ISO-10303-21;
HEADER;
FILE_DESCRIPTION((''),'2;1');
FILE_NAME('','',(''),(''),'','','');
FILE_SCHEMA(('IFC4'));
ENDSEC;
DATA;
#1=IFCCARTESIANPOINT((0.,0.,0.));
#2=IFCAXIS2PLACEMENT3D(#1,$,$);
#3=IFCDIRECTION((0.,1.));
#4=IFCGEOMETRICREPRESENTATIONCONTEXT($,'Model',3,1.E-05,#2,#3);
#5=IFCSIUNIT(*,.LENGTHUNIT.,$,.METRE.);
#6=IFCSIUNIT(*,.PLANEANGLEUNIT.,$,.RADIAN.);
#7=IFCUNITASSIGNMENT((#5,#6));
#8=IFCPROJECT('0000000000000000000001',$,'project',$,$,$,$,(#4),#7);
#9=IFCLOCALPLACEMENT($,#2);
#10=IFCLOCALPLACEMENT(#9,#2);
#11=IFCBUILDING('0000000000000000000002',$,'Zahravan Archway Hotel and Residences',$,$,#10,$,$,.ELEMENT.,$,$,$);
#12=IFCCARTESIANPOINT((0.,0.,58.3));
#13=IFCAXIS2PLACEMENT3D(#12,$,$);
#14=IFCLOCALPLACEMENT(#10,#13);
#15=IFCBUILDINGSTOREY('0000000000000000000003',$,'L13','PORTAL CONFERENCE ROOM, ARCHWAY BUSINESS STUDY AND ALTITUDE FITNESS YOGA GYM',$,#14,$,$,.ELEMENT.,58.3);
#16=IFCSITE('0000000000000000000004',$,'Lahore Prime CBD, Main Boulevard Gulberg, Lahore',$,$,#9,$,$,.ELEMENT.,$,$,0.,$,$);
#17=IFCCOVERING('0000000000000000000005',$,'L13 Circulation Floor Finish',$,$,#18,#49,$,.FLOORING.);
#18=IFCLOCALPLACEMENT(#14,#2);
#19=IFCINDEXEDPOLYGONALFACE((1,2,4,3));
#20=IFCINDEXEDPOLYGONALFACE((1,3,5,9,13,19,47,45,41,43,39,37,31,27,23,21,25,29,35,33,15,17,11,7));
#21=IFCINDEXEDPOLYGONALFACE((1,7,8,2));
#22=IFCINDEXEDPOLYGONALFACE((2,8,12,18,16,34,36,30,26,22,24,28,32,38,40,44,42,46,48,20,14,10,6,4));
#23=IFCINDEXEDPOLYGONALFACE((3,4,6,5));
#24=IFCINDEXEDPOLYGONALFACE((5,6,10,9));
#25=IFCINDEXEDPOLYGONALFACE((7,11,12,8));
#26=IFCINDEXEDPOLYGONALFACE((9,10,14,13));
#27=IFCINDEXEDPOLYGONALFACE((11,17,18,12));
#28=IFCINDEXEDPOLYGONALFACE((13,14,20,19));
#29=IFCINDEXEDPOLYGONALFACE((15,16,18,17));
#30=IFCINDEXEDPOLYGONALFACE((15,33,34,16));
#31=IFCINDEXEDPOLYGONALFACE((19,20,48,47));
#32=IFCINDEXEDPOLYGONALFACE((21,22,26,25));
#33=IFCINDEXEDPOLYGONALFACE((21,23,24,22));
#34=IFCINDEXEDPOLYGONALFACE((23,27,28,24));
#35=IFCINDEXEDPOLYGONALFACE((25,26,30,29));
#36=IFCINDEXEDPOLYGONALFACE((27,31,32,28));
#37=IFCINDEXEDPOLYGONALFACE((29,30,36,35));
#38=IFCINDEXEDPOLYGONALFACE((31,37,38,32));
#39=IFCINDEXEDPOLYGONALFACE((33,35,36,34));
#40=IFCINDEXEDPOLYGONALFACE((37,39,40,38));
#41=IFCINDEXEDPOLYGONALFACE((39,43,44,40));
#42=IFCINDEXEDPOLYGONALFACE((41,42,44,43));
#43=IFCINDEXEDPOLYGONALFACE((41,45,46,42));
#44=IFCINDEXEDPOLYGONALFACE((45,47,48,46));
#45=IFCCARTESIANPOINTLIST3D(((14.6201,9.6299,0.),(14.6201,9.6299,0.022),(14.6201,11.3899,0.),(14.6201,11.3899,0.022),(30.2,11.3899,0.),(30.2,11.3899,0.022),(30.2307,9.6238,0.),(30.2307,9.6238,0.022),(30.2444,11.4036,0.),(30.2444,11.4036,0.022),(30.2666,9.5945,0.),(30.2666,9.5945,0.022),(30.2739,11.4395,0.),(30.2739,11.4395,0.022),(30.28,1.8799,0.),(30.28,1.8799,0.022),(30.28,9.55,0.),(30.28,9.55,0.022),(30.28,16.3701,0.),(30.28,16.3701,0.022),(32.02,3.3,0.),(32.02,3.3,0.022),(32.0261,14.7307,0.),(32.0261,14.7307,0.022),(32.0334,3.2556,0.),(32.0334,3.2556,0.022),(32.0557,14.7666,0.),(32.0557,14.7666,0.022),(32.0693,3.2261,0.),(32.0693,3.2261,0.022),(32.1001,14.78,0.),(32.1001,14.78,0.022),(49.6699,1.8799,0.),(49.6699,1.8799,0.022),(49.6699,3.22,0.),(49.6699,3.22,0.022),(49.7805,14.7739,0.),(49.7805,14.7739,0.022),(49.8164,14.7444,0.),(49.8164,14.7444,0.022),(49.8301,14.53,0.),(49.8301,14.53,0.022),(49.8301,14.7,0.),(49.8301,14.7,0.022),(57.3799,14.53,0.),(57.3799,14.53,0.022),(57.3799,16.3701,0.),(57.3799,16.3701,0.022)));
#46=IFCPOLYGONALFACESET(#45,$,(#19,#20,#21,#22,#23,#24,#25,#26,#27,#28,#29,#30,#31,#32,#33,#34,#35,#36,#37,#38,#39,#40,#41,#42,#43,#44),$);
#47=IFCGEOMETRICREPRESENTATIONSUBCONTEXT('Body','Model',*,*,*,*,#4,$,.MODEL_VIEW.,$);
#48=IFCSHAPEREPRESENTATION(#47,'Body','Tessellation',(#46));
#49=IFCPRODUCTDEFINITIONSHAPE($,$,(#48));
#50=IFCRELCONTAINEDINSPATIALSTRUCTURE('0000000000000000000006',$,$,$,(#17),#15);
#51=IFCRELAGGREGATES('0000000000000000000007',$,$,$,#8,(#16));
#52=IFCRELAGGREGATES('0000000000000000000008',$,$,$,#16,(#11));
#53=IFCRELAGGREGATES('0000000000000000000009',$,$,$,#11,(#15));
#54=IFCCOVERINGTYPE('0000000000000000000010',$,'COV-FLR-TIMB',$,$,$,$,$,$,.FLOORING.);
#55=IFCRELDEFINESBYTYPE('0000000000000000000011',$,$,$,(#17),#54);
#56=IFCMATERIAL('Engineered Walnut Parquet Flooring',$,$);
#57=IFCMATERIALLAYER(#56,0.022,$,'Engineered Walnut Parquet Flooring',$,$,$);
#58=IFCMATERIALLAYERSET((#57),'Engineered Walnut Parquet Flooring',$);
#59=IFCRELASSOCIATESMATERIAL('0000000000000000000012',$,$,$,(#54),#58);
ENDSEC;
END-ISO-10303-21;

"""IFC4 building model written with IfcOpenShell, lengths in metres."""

from ifc_helpers import new_model, si_unit, direction, frame, origin, place, context, subcontext, project, spatial, polyline, outline, extrude, material, layer, layer_set, type_object, element, save


model = new_model("IFC4")

# Units and contexts
model_context = context("Model", 3, precision=1e-05, world=origin(), true_north=direction((0.0, 1.0)))
body_context = subcontext(model_context, "Body", "Model", "MODEL_VIEW")
ifc_project = project(units=[si_unit("LENGTHUNIT", "METRE"), si_unit("PLANEANGLEUNIT", "RADIAN")], contexts=[model_context])

# Site, building, storey
site_placement = place(None, origin())
site = spatial("IfcSite", under=ifc_project, at=site_placement, Name="Lahore Prime CBD, Main Boulevard Gulberg, Lahore", CompositionType="ELEMENT", RefElevation=0.0)
building_placement = place(site_placement, origin())
building = spatial("IfcBuilding", under=site, at=building_placement, Name="Zahravan Archway Hotel and Residences", CompositionType="ELEMENT")
storey_placement = place(building_placement, frame((0.0, 0.0, 58.3)))
storey = spatial("IfcBuildingStorey", under=building, at=storey_placement, Name="L13", Description="PORTAL CONFERENCE ROOM, ARCHWAY BUSINESS STUDY AND ALTITUDE FITNESS YOGA GYM", CompositionType="ELEMENT", Elevation=58.3)

# Covering
ifc_material_1 = material(Name="Engineered Walnut Parquet Flooring")
ifc_layer_1 = layer(ifc_material_1, 0.022, Name="Engineered Walnut Parquet Flooring")
ifc_layer_set_1 = layer_set([ifc_layer_1], Name="Engineered Walnut Parquet Flooring")
covering_type = type_object("IfcCoveringType", Name="COV-FLR-TIMB", PredefinedType="FLOORING", material=ifc_layer_set_1)
covering_placement = place(storey_placement, origin())
element("IfcCovering", 1, at=covering_placement, inside=storey, type_object=covering_type, Name="L13 Circulation Floor Finish", PredefinedType="FLOORING", context=body_context, shape_type="SweptSolid", body=[
    extrude(outline(polyline([(57.3799, 14.53), (49.8301, 14.53), (49.8301, 14.7), (49.8164, 14.7444), (49.7805, 14.7739), (32.1001, 14.78), (32.0557, 14.7666), (32.0261, 14.7307), (32.02, 3.3), (32.0334, 3.2556), (32.0693, 3.2261), (49.6699, 3.22), (49.6699, 1.8799), (30.28, 1.8799), (30.28, 9.55), (30.2666, 9.5945), (30.2307, 9.6238), (14.6201, 9.6299), (14.6201, 11.3899), (30.2, 11.3899), (30.2444, 11.4036), (30.2739, 11.4395), (30.28, 16.3701), (57.3799, 16.3701), (57.3799, 14.53)])), origin(), (0.0, 0.0, 1.0), 0.022),
])

save(model, "model.ifc")
